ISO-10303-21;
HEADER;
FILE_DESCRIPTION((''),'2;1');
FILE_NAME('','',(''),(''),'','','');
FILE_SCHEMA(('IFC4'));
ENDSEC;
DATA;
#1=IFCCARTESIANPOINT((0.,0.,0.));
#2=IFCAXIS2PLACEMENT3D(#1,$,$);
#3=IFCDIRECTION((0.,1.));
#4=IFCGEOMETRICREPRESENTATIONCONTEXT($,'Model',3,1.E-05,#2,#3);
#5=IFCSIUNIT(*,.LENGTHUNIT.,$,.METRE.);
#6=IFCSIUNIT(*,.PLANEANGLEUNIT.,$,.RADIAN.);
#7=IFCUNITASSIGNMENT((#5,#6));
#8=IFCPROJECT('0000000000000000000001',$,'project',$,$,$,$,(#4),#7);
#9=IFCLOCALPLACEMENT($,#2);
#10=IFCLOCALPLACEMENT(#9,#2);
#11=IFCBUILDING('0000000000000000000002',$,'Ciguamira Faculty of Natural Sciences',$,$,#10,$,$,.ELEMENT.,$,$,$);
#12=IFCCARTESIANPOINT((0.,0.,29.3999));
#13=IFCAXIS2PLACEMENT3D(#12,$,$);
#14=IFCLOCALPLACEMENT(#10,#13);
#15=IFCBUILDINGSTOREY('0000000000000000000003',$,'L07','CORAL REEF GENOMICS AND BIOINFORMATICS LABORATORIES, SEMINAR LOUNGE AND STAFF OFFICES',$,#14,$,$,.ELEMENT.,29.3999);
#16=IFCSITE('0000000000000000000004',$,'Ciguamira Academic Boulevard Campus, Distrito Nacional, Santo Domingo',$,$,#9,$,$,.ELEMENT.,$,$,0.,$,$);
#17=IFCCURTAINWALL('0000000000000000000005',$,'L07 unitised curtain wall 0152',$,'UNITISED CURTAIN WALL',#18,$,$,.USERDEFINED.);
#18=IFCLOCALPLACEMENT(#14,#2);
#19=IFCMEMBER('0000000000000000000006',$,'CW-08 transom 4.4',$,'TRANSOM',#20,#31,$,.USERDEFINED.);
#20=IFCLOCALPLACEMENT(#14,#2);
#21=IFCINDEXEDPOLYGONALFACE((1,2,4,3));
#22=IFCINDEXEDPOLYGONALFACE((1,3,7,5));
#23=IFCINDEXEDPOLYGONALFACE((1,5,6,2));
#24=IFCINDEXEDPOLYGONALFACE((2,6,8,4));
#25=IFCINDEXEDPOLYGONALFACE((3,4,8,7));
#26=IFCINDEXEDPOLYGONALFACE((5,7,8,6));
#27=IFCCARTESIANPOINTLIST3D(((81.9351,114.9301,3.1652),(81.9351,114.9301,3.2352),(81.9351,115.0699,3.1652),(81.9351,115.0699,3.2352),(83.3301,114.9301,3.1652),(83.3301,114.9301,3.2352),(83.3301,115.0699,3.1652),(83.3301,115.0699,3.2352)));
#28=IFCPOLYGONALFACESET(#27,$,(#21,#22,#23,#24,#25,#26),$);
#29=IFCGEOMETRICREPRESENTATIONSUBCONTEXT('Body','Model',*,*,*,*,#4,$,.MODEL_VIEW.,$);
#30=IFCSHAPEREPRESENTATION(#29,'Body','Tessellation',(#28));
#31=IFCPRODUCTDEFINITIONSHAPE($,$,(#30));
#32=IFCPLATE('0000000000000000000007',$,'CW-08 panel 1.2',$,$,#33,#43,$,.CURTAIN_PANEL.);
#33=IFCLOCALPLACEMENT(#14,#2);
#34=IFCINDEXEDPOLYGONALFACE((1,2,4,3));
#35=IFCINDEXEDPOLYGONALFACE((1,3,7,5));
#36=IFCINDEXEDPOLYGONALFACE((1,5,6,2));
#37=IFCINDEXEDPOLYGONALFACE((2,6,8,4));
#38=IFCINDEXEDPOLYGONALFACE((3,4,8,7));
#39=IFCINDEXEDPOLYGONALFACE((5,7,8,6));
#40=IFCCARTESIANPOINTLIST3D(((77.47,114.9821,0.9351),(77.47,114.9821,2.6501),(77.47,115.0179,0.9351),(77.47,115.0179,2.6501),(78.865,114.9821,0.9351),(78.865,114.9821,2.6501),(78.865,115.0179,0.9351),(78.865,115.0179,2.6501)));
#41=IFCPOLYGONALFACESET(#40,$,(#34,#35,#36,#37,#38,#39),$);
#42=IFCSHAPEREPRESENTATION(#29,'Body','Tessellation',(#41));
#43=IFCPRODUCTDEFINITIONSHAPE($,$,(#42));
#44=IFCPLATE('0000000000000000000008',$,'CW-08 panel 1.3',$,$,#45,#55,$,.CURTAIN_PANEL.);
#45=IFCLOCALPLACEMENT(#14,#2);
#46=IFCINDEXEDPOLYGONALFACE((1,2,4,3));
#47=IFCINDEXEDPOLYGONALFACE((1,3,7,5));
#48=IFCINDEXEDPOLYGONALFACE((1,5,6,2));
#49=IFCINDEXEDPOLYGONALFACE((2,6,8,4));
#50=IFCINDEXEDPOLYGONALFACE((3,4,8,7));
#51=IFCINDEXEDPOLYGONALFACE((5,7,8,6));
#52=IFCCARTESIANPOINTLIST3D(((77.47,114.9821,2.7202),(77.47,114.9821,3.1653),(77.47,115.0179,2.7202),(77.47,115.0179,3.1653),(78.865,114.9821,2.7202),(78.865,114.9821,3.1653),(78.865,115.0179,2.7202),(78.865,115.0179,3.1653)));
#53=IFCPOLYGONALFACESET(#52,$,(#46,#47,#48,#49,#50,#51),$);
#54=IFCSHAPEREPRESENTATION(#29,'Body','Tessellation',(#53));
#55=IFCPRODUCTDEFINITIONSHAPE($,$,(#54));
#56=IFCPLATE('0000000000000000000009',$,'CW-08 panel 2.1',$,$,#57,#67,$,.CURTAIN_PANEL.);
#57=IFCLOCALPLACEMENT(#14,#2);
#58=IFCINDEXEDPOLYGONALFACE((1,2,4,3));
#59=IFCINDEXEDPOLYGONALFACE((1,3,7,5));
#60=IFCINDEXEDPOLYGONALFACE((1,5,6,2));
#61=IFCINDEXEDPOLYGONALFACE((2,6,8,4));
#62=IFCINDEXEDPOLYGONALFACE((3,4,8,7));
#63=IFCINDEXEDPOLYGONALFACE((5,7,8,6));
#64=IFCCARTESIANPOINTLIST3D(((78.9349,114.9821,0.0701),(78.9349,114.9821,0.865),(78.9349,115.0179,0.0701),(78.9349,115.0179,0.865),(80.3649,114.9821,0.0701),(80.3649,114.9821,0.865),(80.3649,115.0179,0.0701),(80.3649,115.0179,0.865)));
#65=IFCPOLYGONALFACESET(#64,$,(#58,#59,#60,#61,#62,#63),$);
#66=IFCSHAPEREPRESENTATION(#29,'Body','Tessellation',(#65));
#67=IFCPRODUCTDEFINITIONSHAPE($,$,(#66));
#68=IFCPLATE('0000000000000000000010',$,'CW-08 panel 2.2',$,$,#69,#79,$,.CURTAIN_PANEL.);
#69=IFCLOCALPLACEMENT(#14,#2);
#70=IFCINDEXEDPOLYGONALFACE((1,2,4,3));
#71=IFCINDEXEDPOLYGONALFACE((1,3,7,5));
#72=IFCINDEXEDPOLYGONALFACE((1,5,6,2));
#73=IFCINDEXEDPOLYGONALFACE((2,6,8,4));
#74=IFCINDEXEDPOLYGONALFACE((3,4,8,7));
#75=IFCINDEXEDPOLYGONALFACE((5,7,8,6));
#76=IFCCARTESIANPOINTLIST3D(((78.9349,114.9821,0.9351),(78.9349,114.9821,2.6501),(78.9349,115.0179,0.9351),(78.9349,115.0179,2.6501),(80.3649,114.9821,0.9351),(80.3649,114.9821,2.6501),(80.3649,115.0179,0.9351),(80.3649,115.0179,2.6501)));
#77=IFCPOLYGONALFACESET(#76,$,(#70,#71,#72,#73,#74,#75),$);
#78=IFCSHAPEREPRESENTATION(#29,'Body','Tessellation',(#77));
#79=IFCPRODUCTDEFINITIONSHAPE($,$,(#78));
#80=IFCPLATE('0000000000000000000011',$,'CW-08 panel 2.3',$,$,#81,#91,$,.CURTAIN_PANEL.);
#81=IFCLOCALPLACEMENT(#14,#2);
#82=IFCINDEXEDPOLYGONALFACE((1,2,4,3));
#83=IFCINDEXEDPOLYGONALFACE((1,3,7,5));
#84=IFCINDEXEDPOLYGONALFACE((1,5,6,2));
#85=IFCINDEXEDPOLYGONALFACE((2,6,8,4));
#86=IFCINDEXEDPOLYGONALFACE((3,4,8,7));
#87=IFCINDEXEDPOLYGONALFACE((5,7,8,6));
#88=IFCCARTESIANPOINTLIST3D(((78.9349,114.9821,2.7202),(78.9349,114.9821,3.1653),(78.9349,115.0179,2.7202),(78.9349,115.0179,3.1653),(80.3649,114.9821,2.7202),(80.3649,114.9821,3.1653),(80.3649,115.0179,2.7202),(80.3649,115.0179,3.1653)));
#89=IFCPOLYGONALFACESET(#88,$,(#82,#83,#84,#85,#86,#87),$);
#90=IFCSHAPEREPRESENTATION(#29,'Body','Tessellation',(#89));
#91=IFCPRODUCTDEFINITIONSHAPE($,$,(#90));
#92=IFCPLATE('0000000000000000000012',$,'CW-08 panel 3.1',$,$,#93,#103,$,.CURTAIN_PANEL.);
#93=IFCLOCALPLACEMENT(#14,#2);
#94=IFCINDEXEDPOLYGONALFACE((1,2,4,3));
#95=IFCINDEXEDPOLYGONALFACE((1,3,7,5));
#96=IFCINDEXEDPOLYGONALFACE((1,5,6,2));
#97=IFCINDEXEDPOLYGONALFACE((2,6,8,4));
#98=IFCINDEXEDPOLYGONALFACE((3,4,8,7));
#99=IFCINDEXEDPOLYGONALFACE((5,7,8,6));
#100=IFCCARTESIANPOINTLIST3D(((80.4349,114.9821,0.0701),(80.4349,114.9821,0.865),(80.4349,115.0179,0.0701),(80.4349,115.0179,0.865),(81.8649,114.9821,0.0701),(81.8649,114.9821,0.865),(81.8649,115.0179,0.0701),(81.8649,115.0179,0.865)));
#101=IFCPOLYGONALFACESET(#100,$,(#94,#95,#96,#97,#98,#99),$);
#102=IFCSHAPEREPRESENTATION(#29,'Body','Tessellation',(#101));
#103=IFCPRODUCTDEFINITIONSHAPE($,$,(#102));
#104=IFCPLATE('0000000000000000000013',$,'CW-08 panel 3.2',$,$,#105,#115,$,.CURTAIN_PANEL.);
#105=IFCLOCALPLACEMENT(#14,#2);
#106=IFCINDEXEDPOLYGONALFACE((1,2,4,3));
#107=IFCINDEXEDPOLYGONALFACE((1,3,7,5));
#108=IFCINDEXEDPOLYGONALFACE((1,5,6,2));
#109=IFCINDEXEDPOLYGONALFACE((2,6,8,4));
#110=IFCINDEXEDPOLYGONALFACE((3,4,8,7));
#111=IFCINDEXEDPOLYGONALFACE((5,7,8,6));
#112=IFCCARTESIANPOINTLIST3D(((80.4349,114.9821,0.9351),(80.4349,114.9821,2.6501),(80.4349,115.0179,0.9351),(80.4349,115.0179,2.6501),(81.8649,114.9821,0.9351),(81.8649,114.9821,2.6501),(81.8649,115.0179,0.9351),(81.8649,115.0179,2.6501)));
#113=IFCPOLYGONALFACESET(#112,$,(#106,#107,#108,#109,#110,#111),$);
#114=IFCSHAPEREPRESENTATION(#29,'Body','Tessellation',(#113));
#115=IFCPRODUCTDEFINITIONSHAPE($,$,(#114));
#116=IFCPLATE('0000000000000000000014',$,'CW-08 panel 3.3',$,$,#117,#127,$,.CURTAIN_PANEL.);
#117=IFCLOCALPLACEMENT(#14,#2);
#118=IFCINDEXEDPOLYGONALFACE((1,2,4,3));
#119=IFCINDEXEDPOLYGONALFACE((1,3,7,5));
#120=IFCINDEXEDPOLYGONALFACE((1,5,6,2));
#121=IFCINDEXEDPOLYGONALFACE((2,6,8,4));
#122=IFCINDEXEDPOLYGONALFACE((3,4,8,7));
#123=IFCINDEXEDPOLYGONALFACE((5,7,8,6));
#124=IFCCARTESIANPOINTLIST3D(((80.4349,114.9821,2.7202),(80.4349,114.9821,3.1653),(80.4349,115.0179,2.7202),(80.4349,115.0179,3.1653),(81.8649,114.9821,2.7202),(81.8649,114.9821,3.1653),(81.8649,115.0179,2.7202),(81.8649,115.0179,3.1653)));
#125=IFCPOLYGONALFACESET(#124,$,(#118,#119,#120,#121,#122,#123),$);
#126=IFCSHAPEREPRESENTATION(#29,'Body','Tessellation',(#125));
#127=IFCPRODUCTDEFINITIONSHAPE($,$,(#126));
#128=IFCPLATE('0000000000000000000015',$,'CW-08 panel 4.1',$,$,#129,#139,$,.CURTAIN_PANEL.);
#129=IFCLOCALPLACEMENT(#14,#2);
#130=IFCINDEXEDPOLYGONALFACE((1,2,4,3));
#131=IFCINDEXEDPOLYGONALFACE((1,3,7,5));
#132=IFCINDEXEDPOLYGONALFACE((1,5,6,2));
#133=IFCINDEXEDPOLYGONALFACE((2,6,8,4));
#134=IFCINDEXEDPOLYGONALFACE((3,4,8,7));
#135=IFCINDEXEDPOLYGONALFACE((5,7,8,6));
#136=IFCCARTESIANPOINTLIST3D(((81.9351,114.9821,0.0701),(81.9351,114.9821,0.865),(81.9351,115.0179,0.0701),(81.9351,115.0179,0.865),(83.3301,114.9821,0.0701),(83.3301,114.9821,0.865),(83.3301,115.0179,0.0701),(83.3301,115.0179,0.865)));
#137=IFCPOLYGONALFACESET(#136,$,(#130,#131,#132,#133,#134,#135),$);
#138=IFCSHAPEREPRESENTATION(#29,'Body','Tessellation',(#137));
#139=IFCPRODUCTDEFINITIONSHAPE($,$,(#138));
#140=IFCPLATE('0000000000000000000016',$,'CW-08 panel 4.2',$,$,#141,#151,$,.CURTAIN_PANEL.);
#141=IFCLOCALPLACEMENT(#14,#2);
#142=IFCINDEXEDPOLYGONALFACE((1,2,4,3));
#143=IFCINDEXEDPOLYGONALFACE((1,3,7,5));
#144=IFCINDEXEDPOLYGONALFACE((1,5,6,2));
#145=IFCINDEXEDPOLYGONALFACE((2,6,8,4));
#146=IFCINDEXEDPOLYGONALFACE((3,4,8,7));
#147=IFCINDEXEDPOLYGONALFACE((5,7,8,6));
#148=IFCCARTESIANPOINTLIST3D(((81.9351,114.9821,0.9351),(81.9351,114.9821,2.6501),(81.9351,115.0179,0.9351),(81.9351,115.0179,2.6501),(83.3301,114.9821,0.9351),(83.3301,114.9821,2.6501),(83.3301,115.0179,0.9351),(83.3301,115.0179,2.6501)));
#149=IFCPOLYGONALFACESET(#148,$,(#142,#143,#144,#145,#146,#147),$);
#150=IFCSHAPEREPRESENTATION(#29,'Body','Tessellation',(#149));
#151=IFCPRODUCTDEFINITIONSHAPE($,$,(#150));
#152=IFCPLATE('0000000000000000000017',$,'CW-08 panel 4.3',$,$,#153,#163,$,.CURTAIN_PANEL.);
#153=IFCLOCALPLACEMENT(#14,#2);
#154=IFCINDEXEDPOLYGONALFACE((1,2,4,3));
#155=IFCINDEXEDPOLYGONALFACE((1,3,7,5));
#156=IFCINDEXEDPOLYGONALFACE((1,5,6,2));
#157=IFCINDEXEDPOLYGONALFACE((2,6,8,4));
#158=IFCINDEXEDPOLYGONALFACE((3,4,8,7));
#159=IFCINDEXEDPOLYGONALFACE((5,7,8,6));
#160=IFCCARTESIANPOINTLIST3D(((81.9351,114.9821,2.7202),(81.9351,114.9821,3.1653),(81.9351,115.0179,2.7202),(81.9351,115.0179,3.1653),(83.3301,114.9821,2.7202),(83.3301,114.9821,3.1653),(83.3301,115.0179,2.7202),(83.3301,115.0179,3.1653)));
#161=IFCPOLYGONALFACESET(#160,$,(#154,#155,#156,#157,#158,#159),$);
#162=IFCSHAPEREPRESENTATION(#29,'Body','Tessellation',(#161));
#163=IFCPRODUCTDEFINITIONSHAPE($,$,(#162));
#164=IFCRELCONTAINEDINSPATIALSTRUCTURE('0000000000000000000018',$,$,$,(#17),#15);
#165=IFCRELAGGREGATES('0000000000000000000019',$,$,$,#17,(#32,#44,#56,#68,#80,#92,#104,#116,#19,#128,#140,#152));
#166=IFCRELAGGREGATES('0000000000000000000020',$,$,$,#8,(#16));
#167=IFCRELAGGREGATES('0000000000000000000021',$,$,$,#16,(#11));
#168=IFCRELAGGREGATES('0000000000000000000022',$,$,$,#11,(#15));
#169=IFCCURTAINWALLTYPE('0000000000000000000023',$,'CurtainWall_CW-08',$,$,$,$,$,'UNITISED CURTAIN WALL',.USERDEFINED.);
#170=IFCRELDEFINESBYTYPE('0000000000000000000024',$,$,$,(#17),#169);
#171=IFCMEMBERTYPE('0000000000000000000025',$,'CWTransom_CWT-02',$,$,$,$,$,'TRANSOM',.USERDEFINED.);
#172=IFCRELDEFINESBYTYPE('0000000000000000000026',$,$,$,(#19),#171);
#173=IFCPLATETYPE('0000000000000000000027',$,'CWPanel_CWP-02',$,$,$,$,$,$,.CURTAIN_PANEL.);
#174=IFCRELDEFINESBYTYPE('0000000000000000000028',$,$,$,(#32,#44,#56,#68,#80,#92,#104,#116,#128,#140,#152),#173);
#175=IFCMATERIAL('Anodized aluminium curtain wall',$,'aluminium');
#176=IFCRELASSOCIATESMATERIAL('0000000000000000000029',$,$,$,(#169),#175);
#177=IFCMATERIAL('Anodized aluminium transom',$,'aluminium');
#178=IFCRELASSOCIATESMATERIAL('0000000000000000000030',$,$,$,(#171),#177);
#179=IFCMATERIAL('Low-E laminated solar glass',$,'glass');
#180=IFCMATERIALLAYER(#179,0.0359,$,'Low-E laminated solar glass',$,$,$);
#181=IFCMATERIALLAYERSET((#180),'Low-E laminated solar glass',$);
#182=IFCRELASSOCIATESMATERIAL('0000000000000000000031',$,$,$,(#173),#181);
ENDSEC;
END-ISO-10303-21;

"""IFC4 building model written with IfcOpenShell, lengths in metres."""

from ifc_helpers import new_model, si_unit, direction, frame, origin, origin_2d, place, context, subcontext, project, spatial, rectangle, extrude, material, layer, layer_set, material_profile, profile_set, type_object, element, aggregate, save


model = new_model("IFC4")

# Units and contexts
model_context = context("Model", 3, precision=1e-05, world=origin(), true_north=direction((0.0, 1.0)))
body_context = subcontext(model_context, "Body", "Model", "MODEL_VIEW")
ifc_project = project(units=[si_unit("LENGTHUNIT", "METRE"), si_unit("PLANEANGLEUNIT", "RADIAN")], contexts=[model_context])

# Site, building, storey
site_placement = place(None, origin())
site = spatial("IfcSite", under=ifc_project, at=site_placement, Name="Ciguamira Academic Boulevard Campus, Distrito Nacional, Santo Domingo", CompositionType="ELEMENT", RefElevation=0.0)
building_placement = place(site_placement, origin())
building = spatial("IfcBuilding", under=site, at=building_placement, Name="Ciguamira Faculty of Natural Sciences", CompositionType="ELEMENT")
storey_placement = place(building_placement, frame((0.0, 0.0, 29.3999)))
storey = spatial("IfcBuildingStorey", under=building, at=storey_placement, Name="L07", Description="CORAL REEF GENOMICS AND BIOINFORMATICS LABORATORIES, SEMINAR LOUNGE AND STAFF OFFICES", CompositionType="ELEMENT", Elevation=29.3999)

# Curtain wall, member, plates
ifc_material_1 = material(Name="Anodized aluminium curtain wall", Category="aluminium")
curtain_wall_type = type_object("IfcCurtainWallType", Name="CurtainWall_CW-08", ElementType="UNITISED CURTAIN WALL", PredefinedType="USERDEFINED", material=ifc_material_1)
curtain_wall_placement = place(storey_placement, origin())
curtain_wall = element("IfcCurtainWall", 1, at=curtain_wall_placement, inside=storey, type_object=curtain_wall_type, Name="L07 unitised curtain wall 0152", ObjectType="UNITISED CURTAIN WALL", PredefinedType="USERDEFINED")
ifc_material_2 = material(Name="Anodized aluminium transom", Category="aluminium")
ifc_material_profile_1 = material_profile(ifc_material_2, rectangle(XDim=0.0701, YDim=0.1399, at=origin_2d()), Name="ALU-TRN-70X140")
ifc_profile_set_1 = profile_set([ifc_material_profile_1], Name="Anodized aluminium transom")
member_type_1 = type_object("IfcMemberType", Name="CWTransom_CWT-02", ElementType="TRANSOM", PredefinedType="USERDEFINED", material=ifc_profile_set_1)
member_1_placement = place(storey_placement, frame((81.9351, 115.0, 3.2002), z_axis=(1.0, 0.0, 0.0), x_axis=(0.0, 0.0, 1.0)))
member_1 = element("IfcMember", 2, at=member_1_placement, type_object=member_type_1, Name="CW-08 transom 4.4", ObjectType="TRANSOM", PredefinedType="USERDEFINED", context=body_context, shape_type="SweptSolid", body=[
    extrude(rectangle(XDim=0.0701, YDim=0.1399, at=origin_2d()), origin(), (0.0, 0.0, 1.0), 1.395),
])
ifc_material_3 = material(Name="Low-E laminated solar glass", Category="glass")
ifc_layer = layer(ifc_material_3, 0.0359, Name="Low-E laminated solar glass")
ifc_layer_set = layer_set([ifc_layer], Name="Low-E laminated solar glass")
plate_type = type_object("IfcPlateType", Name="CWPanel_CWP-02", PredefinedType="CURTAIN_PANEL", material=ifc_layer_set)
plate_1_placement = place(storey_placement, frame((78.1675, 115.0, 0.9351), z_axis=(0.0, 0.0, 1.0), x_axis=(1.0, 0.0, 0.0)))
plate_1 = element("IfcPlate", 3, at=plate_1_placement, type_object=plate_type, Name="CW-08 panel 1.2", PredefinedType="CURTAIN_PANEL", context=body_context, shape_type="SweptSolid", body=[
    extrude(rectangle(XDim=1.395, YDim=0.0359, at=origin_2d()), origin(), (0.0, 0.0, 1.0), 1.7151),
])
plate_2_placement = place(storey_placement, frame((78.1675, 115.0, 2.7202), z_axis=(0.0, 0.0, 1.0), x_axis=(1.0, 0.0, 0.0)))
plate_2 = element("IfcPlate", 4, at=plate_2_placement, type_object=plate_type, Name="CW-08 panel 1.3", PredefinedType="CURTAIN_PANEL", context=body_context, shape_type="SweptSolid", body=[
    extrude(rectangle(XDim=1.395, YDim=0.0359, at=origin_2d()), origin(), (0.0, 0.0, 1.0), 0.4451),
])
plate_3_placement = place(storey_placement, frame((79.6499, 115.0, 0.0701), z_axis=(0.0, 0.0, 1.0), x_axis=(1.0, 0.0, 0.0)))
plate_3 = element("IfcPlate", 5, at=plate_3_placement, type_object=plate_type, Name="CW-08 panel 2.1", PredefinedType="CURTAIN_PANEL", context=body_context, shape_type="SweptSolid", body=[
    extrude(rectangle(XDim=1.4299, YDim=0.0359, at=origin_2d()), origin(), (0.0, 0.0, 1.0), 0.7949),
])
plate_4_placement = place(storey_placement, frame((79.6499, 115.0, 0.9351), z_axis=(0.0, 0.0, 1.0), x_axis=(1.0, 0.0, 0.0)))
plate_4 = element("IfcPlate", 6, at=plate_4_placement, type_object=plate_type, Name="CW-08 panel 2.2", PredefinedType="CURTAIN_PANEL", context=body_context, shape_type="SweptSolid", body=[
    extrude(rectangle(XDim=1.4299, YDim=0.0359, at=origin_2d()), origin(), (0.0, 0.0, 1.0), 1.7151),
])
plate_5_placement = place(storey_placement, frame((79.6499, 115.0, 2.7202), z_axis=(0.0, 0.0, 1.0), x_axis=(1.0, 0.0, 0.0)))
plate_5 = element("IfcPlate", 7, at=plate_5_placement, type_object=plate_type, Name="CW-08 panel 2.3", PredefinedType="CURTAIN_PANEL", context=body_context, shape_type="SweptSolid", body=[
    extrude(rectangle(XDim=1.4299, YDim=0.0359, at=origin_2d()), origin(), (0.0, 0.0, 1.0), 0.4451),
])
plate_6_placement = place(storey_placement, frame((81.1499, 115.0, 0.0701), z_axis=(0.0, 0.0, 1.0), x_axis=(1.0, 0.0, 0.0)))
plate_6 = element("IfcPlate", 8, at=plate_6_placement, type_object=plate_type, Name="CW-08 panel 3.1", PredefinedType="CURTAIN_PANEL", context=body_context, shape_type="SweptSolid", body=[
    extrude(rectangle(XDim=1.4299, YDim=0.0359, at=origin_2d()), origin(), (0.0, 0.0, 1.0), 0.7949),
])
plate_7_placement = place(storey_placement, frame((81.1499, 115.0, 0.9351), z_axis=(0.0, 0.0, 1.0), x_axis=(1.0, 0.0, 0.0)))
plate_7 = element("IfcPlate", 9, at=plate_7_placement, type_object=plate_type, Name="CW-08 panel 3.2", PredefinedType="CURTAIN_PANEL", context=body_context, shape_type="SweptSolid", body=[
    extrude(rectangle(XDim=1.4299, YDim=0.0359, at=origin_2d()), origin(), (0.0, 0.0, 1.0), 1.7151),
])
plate_8_placement = place(storey_placement, frame((81.1499, 115.0, 2.7202), z_axis=(0.0, 0.0, 1.0), x_axis=(1.0, 0.0, 0.0)))
plate_8 = element("IfcPlate", 10, at=plate_8_placement, type_object=plate_type, Name="CW-08 panel 3.3", PredefinedType="CURTAIN_PANEL", context=body_context, shape_type="SweptSolid", body=[
    extrude(rectangle(XDim=1.4299, YDim=0.0359, at=origin_2d()), origin(), (0.0, 0.0, 1.0), 0.4451),
])
plate_9_placement = place(storey_placement, frame((82.6326, 115.0, 0.0701), z_axis=(0.0, 0.0, 1.0), x_axis=(1.0, 0.0, 0.0)))
plate_9 = element("IfcPlate", 11, at=plate_9_placement, type_object=plate_type, Name="CW-08 panel 4.1", PredefinedType="CURTAIN_PANEL", context=body_context, shape_type="SweptSolid", body=[
    extrude(rectangle(XDim=1.395, YDim=0.0359, at=origin_2d()), origin(), (0.0, 0.0, 1.0), 0.7949),
])
plate_10_placement = place(storey_placement, frame((82.6326, 115.0, 0.9351), z_axis=(0.0, 0.0, 1.0), x_axis=(1.0, 0.0, 0.0)))
plate_10 = element("IfcPlate", 12, at=plate_10_placement, type_object=plate_type, Name="CW-08 panel 4.2", PredefinedType="CURTAIN_PANEL", context=body_context, shape_type="SweptSolid", body=[
    extrude(rectangle(XDim=1.395, YDim=0.0359, at=origin_2d()), origin(), (0.0, 0.0, 1.0), 1.7151),
])
plate_11_placement = place(storey_placement, frame((82.6326, 115.0, 2.7202), z_axis=(0.0, 0.0, 1.0), x_axis=(1.0, 0.0, 0.0)))
plate_11 = element("IfcPlate", 13, at=plate_11_placement, type_object=plate_type, Name="CW-08 panel 4.3", PredefinedType="CURTAIN_PANEL", context=body_context, shape_type="SweptSolid", body=[
    extrude(rectangle(XDim=1.395, YDim=0.0359, at=origin_2d()), origin(), (0.0, 0.0, 1.0), 0.4451),
])
aggregate(curtain_wall, [plate_1, plate_2, plate_3, plate_4, plate_5, plate_6, plate_7, plate_8, member_1, plate_9, plate_10, plate_11])

save(model, "model.ifc")
